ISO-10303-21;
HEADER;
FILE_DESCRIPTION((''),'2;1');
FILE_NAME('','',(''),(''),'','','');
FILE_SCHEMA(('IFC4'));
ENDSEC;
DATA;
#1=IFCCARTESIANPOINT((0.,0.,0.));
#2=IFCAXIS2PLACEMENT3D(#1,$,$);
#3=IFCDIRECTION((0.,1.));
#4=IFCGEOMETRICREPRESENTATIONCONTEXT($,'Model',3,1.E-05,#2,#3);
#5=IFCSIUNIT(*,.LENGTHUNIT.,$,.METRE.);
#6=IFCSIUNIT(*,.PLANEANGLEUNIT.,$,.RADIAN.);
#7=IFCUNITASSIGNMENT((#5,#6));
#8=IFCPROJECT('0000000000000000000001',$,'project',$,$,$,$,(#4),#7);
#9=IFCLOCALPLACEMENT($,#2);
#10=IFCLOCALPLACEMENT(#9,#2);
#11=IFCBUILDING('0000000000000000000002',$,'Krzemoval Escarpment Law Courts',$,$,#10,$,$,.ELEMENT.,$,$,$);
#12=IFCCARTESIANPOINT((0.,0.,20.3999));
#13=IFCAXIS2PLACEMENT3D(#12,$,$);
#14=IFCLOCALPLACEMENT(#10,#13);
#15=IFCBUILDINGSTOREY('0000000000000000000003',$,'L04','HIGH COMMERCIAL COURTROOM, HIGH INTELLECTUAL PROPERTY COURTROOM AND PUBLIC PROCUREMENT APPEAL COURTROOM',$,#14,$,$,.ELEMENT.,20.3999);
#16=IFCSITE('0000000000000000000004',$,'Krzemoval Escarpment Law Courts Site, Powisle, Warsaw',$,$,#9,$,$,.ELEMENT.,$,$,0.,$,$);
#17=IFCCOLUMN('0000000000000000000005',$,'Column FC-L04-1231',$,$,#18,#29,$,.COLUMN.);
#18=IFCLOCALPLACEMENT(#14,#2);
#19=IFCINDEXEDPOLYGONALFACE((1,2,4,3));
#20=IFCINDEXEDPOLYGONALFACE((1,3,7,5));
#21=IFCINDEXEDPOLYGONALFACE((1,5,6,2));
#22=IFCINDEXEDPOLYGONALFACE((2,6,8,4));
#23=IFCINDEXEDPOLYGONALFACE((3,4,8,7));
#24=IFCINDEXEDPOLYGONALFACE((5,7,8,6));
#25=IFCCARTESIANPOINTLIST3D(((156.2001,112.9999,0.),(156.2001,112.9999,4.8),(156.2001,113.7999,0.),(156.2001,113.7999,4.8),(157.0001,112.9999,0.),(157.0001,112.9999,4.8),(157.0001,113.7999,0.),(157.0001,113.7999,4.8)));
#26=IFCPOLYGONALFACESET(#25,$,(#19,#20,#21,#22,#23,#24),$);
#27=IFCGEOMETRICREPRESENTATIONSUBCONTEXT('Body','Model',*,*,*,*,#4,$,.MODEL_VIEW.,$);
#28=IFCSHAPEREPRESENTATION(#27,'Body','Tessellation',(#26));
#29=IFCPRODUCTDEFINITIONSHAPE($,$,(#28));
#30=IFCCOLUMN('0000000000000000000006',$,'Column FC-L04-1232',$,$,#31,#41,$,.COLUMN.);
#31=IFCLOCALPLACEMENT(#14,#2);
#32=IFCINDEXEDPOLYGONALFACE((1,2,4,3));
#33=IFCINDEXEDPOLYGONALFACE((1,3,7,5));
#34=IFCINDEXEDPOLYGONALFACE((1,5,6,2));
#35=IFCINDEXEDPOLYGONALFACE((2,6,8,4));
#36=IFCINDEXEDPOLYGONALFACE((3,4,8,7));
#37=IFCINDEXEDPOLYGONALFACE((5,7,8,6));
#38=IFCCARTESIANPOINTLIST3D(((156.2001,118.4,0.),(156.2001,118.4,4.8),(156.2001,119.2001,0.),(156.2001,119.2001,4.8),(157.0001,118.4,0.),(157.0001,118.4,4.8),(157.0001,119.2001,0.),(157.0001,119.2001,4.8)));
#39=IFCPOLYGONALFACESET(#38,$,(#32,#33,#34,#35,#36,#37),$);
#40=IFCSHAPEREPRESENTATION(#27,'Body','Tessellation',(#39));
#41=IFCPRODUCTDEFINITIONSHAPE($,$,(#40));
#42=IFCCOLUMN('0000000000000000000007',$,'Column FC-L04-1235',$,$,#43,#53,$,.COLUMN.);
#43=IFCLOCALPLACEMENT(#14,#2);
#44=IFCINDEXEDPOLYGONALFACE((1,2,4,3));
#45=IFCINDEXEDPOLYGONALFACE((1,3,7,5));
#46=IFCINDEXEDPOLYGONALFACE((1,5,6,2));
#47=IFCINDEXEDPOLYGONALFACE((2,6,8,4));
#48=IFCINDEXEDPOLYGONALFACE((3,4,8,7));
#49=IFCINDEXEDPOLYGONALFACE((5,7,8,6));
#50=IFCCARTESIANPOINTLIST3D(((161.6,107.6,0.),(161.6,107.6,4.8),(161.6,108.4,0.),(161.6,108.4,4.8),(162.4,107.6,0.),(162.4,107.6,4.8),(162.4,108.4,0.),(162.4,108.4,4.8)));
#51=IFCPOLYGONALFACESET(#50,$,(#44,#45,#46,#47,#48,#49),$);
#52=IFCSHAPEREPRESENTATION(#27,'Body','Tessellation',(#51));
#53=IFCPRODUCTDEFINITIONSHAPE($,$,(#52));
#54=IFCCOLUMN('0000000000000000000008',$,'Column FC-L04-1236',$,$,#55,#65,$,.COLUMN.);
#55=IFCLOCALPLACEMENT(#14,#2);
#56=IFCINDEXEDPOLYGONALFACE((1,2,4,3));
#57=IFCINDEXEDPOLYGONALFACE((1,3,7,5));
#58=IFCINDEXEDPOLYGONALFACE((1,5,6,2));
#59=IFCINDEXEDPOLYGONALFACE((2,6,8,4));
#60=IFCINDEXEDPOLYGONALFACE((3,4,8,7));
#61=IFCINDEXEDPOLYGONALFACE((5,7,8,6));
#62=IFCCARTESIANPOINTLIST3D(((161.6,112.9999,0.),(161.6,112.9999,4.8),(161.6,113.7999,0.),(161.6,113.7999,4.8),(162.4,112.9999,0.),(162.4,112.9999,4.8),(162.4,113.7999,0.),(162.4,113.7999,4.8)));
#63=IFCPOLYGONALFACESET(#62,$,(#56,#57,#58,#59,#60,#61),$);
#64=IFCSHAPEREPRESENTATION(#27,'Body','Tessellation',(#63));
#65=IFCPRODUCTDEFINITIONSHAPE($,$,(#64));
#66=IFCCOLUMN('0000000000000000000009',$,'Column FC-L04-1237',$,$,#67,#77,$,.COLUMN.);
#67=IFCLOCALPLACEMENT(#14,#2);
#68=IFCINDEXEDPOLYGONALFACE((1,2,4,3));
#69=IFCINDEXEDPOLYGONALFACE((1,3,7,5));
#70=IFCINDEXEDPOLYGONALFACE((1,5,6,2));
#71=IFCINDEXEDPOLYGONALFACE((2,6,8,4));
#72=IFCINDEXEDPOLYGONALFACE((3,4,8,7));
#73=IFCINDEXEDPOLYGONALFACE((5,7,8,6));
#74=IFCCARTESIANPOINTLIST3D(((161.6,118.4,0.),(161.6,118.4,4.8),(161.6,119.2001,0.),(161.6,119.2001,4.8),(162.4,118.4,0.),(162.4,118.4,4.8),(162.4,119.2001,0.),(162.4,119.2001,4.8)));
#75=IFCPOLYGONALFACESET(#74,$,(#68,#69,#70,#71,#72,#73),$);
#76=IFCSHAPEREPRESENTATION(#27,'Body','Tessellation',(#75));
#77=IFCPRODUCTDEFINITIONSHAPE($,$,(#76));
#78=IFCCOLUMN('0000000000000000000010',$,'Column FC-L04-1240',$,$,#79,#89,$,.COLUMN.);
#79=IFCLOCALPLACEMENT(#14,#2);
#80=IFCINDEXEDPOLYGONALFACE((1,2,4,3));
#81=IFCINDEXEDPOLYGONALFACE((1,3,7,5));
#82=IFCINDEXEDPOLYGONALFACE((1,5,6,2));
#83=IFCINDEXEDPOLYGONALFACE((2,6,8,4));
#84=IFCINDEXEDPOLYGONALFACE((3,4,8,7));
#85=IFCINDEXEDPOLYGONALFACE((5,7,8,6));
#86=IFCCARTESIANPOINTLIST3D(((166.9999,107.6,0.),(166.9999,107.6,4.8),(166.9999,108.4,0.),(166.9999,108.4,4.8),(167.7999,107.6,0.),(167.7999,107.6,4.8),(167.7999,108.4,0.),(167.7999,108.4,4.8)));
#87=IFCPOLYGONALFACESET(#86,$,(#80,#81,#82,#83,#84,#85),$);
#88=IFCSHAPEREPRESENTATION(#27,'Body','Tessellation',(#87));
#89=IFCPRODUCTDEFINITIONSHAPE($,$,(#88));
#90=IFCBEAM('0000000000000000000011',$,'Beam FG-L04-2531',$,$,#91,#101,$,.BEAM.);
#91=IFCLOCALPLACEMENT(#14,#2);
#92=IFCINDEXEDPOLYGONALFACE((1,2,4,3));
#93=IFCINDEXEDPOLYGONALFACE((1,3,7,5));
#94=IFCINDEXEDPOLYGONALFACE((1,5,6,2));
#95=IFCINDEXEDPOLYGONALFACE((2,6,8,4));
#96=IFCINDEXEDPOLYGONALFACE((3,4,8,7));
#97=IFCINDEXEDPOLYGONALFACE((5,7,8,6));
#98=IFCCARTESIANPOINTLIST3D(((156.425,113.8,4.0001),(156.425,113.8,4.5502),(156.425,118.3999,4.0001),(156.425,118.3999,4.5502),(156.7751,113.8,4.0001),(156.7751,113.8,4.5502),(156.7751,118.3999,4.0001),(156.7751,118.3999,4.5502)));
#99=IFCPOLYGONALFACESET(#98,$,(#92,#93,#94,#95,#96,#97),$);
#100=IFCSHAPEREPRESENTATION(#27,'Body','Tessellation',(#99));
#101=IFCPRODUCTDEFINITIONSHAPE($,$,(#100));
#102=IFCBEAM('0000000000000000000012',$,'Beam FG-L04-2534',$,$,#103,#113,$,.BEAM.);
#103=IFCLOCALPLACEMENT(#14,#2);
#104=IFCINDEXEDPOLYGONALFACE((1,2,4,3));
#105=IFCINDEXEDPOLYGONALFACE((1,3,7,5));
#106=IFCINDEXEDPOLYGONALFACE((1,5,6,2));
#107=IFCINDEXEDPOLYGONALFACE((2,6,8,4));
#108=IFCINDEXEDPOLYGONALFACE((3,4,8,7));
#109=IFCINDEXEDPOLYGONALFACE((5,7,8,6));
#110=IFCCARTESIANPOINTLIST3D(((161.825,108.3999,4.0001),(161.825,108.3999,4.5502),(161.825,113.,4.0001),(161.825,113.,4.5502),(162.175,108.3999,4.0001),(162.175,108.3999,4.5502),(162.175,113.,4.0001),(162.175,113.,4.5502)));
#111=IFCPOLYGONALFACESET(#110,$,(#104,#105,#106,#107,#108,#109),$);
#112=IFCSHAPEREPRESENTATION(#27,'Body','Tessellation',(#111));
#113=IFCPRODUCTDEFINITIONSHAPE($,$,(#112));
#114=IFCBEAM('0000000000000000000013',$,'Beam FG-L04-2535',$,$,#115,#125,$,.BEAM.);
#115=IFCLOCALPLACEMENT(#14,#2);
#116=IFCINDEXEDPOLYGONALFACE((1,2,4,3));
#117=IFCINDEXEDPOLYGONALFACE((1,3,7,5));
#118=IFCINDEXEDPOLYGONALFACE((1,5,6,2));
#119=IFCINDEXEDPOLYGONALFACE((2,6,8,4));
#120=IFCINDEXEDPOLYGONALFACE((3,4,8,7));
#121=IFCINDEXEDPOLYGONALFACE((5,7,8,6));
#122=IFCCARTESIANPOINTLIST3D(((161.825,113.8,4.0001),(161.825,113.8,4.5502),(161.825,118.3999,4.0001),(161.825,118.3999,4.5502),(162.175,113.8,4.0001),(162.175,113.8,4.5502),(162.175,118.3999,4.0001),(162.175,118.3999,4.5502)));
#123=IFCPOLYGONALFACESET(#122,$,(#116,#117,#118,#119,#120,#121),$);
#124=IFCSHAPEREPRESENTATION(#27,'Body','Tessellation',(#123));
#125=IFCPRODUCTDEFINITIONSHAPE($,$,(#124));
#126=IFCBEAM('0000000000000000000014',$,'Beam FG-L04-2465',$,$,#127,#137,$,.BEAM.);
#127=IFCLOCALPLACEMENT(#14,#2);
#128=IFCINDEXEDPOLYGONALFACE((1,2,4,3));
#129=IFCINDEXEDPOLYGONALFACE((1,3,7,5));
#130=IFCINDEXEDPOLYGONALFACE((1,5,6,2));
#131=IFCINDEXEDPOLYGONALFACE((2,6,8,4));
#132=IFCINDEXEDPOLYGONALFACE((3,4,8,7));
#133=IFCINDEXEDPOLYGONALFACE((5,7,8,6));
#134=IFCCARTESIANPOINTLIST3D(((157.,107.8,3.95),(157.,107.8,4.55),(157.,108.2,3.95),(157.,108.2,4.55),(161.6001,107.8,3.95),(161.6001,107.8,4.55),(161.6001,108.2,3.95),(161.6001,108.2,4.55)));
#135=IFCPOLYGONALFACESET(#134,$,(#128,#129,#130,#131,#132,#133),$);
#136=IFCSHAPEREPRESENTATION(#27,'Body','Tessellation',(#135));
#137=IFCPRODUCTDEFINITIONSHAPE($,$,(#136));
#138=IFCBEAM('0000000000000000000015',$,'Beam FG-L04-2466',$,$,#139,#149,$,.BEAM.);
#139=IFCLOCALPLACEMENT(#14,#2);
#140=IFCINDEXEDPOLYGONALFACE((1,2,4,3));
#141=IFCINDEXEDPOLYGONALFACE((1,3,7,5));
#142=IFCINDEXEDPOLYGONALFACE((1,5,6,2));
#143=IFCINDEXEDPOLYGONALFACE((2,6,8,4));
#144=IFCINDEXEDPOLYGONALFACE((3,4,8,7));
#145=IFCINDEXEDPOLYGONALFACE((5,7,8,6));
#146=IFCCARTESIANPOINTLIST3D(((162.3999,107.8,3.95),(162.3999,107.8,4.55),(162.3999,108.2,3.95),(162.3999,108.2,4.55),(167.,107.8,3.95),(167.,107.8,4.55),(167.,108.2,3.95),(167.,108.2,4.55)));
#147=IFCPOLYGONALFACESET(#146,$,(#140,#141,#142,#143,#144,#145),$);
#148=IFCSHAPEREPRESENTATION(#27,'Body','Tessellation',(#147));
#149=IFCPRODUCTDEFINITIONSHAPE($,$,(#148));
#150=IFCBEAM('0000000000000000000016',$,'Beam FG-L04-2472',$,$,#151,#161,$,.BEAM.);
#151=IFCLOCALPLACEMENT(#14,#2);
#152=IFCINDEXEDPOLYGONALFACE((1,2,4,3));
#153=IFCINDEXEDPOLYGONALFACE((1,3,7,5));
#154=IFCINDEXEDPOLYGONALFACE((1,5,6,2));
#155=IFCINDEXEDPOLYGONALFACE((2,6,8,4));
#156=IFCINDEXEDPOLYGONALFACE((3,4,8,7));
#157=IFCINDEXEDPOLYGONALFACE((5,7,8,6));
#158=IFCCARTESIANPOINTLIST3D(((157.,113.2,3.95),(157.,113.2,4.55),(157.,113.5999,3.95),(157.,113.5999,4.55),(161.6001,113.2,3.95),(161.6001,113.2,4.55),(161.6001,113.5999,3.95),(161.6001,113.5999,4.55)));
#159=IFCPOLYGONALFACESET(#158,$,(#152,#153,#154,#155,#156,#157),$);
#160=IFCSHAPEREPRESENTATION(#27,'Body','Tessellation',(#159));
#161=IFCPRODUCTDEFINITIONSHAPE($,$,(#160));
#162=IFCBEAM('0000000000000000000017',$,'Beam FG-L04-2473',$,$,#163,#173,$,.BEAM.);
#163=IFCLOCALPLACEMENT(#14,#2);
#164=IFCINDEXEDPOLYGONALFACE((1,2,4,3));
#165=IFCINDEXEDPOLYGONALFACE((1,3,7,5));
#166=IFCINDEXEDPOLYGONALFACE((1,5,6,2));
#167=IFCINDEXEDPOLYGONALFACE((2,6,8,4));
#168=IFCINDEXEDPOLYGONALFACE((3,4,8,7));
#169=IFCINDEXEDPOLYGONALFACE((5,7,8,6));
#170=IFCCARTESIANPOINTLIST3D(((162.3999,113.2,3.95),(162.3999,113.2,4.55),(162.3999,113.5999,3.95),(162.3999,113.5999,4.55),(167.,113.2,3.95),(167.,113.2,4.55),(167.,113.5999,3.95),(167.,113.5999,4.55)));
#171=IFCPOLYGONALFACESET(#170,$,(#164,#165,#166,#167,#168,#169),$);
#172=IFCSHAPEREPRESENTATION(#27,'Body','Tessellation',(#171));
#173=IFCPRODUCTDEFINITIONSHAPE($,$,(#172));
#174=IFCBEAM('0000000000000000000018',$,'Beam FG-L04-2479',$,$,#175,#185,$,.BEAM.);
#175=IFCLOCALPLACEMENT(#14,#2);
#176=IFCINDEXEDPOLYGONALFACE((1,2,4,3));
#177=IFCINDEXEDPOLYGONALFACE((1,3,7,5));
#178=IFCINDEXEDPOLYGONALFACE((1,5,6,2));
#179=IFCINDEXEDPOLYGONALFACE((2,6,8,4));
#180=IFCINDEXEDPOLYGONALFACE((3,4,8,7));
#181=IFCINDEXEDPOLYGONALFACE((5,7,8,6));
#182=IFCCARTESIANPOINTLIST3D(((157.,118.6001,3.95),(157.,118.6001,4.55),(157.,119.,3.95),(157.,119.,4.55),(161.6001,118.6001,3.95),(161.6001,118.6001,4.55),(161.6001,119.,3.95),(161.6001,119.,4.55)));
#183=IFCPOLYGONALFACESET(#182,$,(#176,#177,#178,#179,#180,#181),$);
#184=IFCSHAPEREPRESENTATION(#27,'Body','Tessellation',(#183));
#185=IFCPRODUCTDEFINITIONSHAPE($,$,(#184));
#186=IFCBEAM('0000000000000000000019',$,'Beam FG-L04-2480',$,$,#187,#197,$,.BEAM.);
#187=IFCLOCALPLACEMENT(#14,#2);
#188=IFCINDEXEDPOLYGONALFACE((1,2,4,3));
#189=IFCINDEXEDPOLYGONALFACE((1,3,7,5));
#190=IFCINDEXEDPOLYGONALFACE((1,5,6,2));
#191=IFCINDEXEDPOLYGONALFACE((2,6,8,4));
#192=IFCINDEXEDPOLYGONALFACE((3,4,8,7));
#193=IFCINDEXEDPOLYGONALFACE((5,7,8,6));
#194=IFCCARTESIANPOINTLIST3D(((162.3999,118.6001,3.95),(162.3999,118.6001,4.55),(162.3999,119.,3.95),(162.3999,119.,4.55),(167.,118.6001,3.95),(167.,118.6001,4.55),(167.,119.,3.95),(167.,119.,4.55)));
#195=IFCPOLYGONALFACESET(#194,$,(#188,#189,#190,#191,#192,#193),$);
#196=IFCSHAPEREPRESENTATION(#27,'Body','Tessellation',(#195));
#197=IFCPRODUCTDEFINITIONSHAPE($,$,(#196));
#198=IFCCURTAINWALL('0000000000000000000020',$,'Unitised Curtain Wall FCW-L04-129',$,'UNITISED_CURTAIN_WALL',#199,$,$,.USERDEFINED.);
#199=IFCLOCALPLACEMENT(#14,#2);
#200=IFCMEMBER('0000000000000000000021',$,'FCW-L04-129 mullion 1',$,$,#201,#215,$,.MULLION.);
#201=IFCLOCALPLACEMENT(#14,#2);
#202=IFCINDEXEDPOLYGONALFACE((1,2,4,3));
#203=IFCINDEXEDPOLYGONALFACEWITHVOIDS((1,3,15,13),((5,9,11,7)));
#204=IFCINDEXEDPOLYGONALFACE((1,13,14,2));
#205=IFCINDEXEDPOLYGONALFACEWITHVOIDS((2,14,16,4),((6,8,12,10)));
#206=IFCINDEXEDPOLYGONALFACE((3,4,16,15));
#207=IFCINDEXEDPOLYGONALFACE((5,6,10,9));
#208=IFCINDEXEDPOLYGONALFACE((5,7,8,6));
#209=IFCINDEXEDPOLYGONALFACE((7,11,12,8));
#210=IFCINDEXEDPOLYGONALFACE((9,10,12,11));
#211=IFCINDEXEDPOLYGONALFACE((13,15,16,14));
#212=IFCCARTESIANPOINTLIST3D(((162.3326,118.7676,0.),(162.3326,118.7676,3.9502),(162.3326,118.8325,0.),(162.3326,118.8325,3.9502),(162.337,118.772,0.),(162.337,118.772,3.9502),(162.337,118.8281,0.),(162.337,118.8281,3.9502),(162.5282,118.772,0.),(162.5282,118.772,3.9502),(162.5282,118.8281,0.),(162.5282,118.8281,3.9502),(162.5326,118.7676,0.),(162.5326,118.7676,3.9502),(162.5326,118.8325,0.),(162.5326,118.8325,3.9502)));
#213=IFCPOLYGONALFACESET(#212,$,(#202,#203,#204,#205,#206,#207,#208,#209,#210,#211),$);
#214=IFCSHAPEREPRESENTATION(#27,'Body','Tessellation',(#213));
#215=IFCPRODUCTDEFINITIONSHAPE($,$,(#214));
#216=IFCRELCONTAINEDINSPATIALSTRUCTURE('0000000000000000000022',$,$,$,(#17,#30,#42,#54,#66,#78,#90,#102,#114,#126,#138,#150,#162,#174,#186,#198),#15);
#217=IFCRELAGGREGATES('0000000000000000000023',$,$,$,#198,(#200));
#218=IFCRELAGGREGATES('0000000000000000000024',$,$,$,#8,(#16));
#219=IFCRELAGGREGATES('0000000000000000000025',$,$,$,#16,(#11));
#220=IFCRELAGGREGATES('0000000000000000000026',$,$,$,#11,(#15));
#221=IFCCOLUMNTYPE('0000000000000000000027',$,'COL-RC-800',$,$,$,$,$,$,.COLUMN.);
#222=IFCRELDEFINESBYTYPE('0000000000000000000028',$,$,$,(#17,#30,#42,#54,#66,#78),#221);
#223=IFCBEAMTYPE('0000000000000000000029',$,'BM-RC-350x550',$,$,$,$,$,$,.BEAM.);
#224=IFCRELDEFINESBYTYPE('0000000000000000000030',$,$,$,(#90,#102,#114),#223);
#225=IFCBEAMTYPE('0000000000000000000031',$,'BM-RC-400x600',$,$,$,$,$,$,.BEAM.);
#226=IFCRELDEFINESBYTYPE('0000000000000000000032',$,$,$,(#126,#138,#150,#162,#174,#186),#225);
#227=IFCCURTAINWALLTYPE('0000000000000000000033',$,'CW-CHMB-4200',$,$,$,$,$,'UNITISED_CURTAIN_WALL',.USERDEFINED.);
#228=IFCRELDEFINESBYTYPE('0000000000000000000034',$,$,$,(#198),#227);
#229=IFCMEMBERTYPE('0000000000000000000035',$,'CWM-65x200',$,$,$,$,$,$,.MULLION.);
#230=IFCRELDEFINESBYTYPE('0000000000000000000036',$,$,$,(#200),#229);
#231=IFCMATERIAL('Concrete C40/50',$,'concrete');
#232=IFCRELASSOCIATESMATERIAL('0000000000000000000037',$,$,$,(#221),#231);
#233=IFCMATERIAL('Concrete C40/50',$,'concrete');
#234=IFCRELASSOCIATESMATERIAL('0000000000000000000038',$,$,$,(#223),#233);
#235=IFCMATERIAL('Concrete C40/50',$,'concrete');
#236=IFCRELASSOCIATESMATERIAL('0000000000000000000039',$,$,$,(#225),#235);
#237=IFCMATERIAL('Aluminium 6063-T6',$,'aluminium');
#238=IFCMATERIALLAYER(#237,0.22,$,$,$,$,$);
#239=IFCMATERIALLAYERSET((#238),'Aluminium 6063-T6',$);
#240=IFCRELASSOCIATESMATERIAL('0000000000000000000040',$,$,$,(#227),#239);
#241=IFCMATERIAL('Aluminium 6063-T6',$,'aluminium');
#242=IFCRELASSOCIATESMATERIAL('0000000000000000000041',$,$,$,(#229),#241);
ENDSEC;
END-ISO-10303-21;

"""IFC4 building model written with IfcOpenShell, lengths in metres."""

from ifc_helpers import new_model, si_unit, direction, frame, origin, origin_2d, place, context, subcontext, project, spatial, rectangle, hollow_rectangle, extrude, material, layer, layer_set, material_profile, profile_set, type_object, element, aggregate, save


model = new_model("IFC4")

# Units and contexts
model_context = context("Model", 3, precision=1e-05, world=origin(), true_north=direction((0.0, 1.0)))
body_context = subcontext(model_context, "Body", "Model", "MODEL_VIEW")
ifc_project = project(units=[si_unit("LENGTHUNIT", "METRE"), si_unit("PLANEANGLEUNIT", "RADIAN")], contexts=[model_context])

# Site, building, storey
site_placement = place(None, origin())
site = spatial("IfcSite", under=ifc_project, at=site_placement, Name="Krzemoval Escarpment Law Courts Site, Powisle, Warsaw", CompositionType="ELEMENT", RefElevation=0.0)
building_placement = place(site_placement, origin())
building = spatial("IfcBuilding", under=site, at=building_placement, Name="Krzemoval Escarpment Law Courts", CompositionType="ELEMENT")
storey_placement = place(building_placement, frame((0.0, 0.0, 20.3999)))
storey = spatial("IfcBuildingStorey", under=building, at=storey_placement, Name="L04", Description="HIGH COMMERCIAL COURTROOM, HIGH INTELLECTUAL PROPERTY COURTROOM AND PUBLIC PROCUREMENT APPEAL COURTROOM", CompositionType="ELEMENT", Elevation=20.3999)

# Columns
ifc_material_1 = material(Name="Concrete C40/50", Category="concrete")
ifc_material_profile_1 = material_profile(ifc_material_1, rectangle(XDim=0.8, YDim=0.8, at=origin_2d()), Name="RC 800x800")
ifc_profile_set_1 = profile_set([ifc_material_profile_1], Name="Concrete C40/50")
column_type = type_object("IfcColumnType", Name="COL-RC-800", PredefinedType="COLUMN", material=ifc_profile_set_1)
for number, where, z_axis, x_axis, name in (
    (1, (156.6001, 113.3999, 0.0), (0.0, 0.0, 1.0), (1.0, 0.0, 0.0), "Column FC-L04-1231"),
    (2, (156.6001, 118.8, 0.0), (0.0, 0.0, 1.0), (1.0, 0.0, 0.0), "Column FC-L04-1232"),
    (3, (162.0, 108.0, 0.0), (0.0, 0.0, 1.0), (1.0, 0.0, 0.0), "Column FC-L04-1235"),
    (4, (162.0, 113.3999, 0.0), (0.0, 0.0, 1.0), (1.0, 0.0, 0.0), "Column FC-L04-1236"),
    (5, (162.0, 118.8, 0.0), (0.0, 0.0, 1.0), (1.0, 0.0, 0.0), "Column FC-L04-1237"),
    (6, (167.3999, 108.0, 0.0), (0.0, 0.0, 1.0), (1.0, 0.0, 0.0), "Column FC-L04-1240"),
):
    element("IfcColumn", number, at=place(storey_placement, frame(where, z_axis=z_axis, x_axis=x_axis)), inside=storey, type_object=column_type, Name=name, PredefinedType="COLUMN", context=body_context, shape_type="SweptSolid", body=[
        extrude(rectangle(XDim=0.8, YDim=0.8, at=origin_2d()), origin(), (0.0, 0.0, 1.0), 4.8),
    ])

# Beams
ifc_material_2 = material(Name="Concrete C40/50", Category="concrete")
ifc_material_profile_2 = material_profile(ifc_material_2, rectangle(XDim=0.3501, YDim=0.55, at=origin_2d()), Name="RCB 350x550")
ifc_profile_set_2 = profile_set([ifc_material_profile_2], Name="Concrete C40/50")
beam_type_1 = type_object("IfcBeamType", Name="BM-RC-350x550", PredefinedType="BEAM", material=ifc_profile_set_2)
beam_1_placement = place(storey_placement, frame((156.6001, 113.8, 4.2751), z_axis=(0.0, 1.0, 0.0), x_axis=(-1.0, 0.0, 0.0)))
element("IfcBeam", 7, at=beam_1_placement, inside=storey, type_object=beam_type_1, Name="Beam FG-L04-2531", PredefinedType="BEAM", context=body_context, shape_type="SweptSolid", body=[
    extrude(rectangle(XDim=0.3501, YDim=0.55, at=origin_2d()), origin(), (0.0, 0.0, 1.0), 4.5999),
])
beam_2_placement = place(storey_placement, frame((162.0, 108.3999, 4.2751), z_axis=(0.0, 1.0, 0.0), x_axis=(-1.0, 0.0, 0.0)))
element("IfcBeam", 8, at=beam_2_placement, inside=storey, type_object=beam_type_1, Name="Beam FG-L04-2534", PredefinedType="BEAM", context=body_context, shape_type="SweptSolid", body=[
    extrude(rectangle(XDim=0.3501, YDim=0.55, at=origin_2d()), origin(), (0.0, 0.0, 1.0), 4.6001),
])
beam_3_placement = place(storey_placement, frame((162.0, 113.8, 4.2751), z_axis=(0.0, 1.0, 0.0), x_axis=(-1.0, 0.0, 0.0)))
element("IfcBeam", 9, at=beam_3_placement, inside=storey, type_object=beam_type_1, Name="Beam FG-L04-2535", PredefinedType="BEAM", context=body_context, shape_type="SweptSolid", body=[
    extrude(rectangle(XDim=0.3501, YDim=0.55, at=origin_2d()), origin(), (0.0, 0.0, 1.0), 4.5999),
])
ifc_material_3 = material(Name="Concrete C40/50", Category="concrete")
ifc_material_profile_3 = material_profile(ifc_material_3, rectangle(XDim=0.3999, YDim=0.6001, at=origin_2d()), Name="RCB 400x600")
ifc_profile_set_3 = profile_set([ifc_material_profile_3], Name="Concrete C40/50")
beam_type_2 = type_object("IfcBeamType", Name="BM-RC-400x600", PredefinedType="BEAM", material=ifc_profile_set_3)
for number, where, z_axis, x_axis, name in (
    (10, (157.0, 108.0, 4.25), (1.0, 0.0, 0.0), (0.0, 1.0, 0.0), "Beam FG-L04-2465"),
    (11, (162.3999, 108.0, 4.25), (1.0, 0.0, 0.0), (0.0, 1.0, 0.0), "Beam FG-L04-2466"),
    (12, (157.0, 113.3999, 4.25), (1.0, 0.0, 0.0), (0.0, 1.0, 0.0), "Beam FG-L04-2472"),
    (13, (162.3999, 113.3999, 4.25), (1.0, 0.0, 0.0), (0.0, 1.0, 0.0), "Beam FG-L04-2473"),
    (14, (157.0, 118.8, 4.25), (1.0, 0.0, 0.0), (0.0, 1.0, 0.0), "Beam FG-L04-2479"),
    (15, (162.3999, 118.8, 4.25), (1.0, 0.0, 0.0), (0.0, 1.0, 0.0), "Beam FG-L04-2480"),
):
    element("IfcBeam", number, at=place(storey_placement, frame(where, z_axis=z_axis, x_axis=x_axis)), inside=storey, type_object=beam_type_2, Name=name, PredefinedType="BEAM", context=body_context, shape_type="SweptSolid", body=[
        extrude(rectangle(XDim=0.3999, YDim=0.6001, at=origin_2d()), origin(), (0.0, 0.0, 1.0), 4.6001),
    ])

# Curtain wall, member
ifc_material_4 = material(Name="Aluminium 6063-T6", Category="aluminium")
ifc_layer_1 = layer(ifc_material_4, 0.22)
ifc_layer_set_1 = layer_set([ifc_layer_1], Name="Aluminium 6063-T6")
curtain_wall_type = type_object("IfcCurtainWallType", Name="CW-CHMB-4200", ElementType="UNITISED_CURTAIN_WALL", PredefinedType="USERDEFINED", material=ifc_layer_set_1)
curtain_wall_placement = place(storey_placement, origin())
curtain_wall = element("IfcCurtainWall", 16, at=curtain_wall_placement, inside=storey, type_object=curtain_wall_type, Name="Unitised Curtain Wall FCW-L04-129", ObjectType="UNITISED_CURTAIN_WALL", PredefinedType="USERDEFINED")
ifc_material_5 = material(Name="Aluminium 6063-T6", Category="aluminium")
ifc_material_profile_4 = material_profile(ifc_material_5, hollow_rectangle(XDim=0.0649, YDim=0.2, WallThickness=0.0044, at=origin_2d()), Name="ALU M65x200")
ifc_profile_set_4 = profile_set([ifc_material_profile_4], Name="Aluminium 6063-T6")
member_type_1 = type_object("IfcMemberType", Name="CWM-65x200", PredefinedType="MULLION", material=ifc_profile_set_4)
member_1_placement = place(storey_placement, frame((162.4326, 118.8, 0.0), z_axis=(0.0, 0.0, 1.0), x_axis=(0.0, 1.0, 0.0)))
member_1 = element("IfcMember", 17, at=member_1_placement, type_object=member_type_1, Name="FCW-L04-129 mullion 1", PredefinedType="MULLION", context=body_context, shape_type="SweptSolid", body=[
    extrude(hollow_rectangle(XDim=0.0649, YDim=0.2, WallThickness=0.0044, at=origin_2d()), origin(), (0.0, 0.0, 1.0), 3.9502),
])
aggregate(curtain_wall, [member_1])

save(model, "model.ifc")
